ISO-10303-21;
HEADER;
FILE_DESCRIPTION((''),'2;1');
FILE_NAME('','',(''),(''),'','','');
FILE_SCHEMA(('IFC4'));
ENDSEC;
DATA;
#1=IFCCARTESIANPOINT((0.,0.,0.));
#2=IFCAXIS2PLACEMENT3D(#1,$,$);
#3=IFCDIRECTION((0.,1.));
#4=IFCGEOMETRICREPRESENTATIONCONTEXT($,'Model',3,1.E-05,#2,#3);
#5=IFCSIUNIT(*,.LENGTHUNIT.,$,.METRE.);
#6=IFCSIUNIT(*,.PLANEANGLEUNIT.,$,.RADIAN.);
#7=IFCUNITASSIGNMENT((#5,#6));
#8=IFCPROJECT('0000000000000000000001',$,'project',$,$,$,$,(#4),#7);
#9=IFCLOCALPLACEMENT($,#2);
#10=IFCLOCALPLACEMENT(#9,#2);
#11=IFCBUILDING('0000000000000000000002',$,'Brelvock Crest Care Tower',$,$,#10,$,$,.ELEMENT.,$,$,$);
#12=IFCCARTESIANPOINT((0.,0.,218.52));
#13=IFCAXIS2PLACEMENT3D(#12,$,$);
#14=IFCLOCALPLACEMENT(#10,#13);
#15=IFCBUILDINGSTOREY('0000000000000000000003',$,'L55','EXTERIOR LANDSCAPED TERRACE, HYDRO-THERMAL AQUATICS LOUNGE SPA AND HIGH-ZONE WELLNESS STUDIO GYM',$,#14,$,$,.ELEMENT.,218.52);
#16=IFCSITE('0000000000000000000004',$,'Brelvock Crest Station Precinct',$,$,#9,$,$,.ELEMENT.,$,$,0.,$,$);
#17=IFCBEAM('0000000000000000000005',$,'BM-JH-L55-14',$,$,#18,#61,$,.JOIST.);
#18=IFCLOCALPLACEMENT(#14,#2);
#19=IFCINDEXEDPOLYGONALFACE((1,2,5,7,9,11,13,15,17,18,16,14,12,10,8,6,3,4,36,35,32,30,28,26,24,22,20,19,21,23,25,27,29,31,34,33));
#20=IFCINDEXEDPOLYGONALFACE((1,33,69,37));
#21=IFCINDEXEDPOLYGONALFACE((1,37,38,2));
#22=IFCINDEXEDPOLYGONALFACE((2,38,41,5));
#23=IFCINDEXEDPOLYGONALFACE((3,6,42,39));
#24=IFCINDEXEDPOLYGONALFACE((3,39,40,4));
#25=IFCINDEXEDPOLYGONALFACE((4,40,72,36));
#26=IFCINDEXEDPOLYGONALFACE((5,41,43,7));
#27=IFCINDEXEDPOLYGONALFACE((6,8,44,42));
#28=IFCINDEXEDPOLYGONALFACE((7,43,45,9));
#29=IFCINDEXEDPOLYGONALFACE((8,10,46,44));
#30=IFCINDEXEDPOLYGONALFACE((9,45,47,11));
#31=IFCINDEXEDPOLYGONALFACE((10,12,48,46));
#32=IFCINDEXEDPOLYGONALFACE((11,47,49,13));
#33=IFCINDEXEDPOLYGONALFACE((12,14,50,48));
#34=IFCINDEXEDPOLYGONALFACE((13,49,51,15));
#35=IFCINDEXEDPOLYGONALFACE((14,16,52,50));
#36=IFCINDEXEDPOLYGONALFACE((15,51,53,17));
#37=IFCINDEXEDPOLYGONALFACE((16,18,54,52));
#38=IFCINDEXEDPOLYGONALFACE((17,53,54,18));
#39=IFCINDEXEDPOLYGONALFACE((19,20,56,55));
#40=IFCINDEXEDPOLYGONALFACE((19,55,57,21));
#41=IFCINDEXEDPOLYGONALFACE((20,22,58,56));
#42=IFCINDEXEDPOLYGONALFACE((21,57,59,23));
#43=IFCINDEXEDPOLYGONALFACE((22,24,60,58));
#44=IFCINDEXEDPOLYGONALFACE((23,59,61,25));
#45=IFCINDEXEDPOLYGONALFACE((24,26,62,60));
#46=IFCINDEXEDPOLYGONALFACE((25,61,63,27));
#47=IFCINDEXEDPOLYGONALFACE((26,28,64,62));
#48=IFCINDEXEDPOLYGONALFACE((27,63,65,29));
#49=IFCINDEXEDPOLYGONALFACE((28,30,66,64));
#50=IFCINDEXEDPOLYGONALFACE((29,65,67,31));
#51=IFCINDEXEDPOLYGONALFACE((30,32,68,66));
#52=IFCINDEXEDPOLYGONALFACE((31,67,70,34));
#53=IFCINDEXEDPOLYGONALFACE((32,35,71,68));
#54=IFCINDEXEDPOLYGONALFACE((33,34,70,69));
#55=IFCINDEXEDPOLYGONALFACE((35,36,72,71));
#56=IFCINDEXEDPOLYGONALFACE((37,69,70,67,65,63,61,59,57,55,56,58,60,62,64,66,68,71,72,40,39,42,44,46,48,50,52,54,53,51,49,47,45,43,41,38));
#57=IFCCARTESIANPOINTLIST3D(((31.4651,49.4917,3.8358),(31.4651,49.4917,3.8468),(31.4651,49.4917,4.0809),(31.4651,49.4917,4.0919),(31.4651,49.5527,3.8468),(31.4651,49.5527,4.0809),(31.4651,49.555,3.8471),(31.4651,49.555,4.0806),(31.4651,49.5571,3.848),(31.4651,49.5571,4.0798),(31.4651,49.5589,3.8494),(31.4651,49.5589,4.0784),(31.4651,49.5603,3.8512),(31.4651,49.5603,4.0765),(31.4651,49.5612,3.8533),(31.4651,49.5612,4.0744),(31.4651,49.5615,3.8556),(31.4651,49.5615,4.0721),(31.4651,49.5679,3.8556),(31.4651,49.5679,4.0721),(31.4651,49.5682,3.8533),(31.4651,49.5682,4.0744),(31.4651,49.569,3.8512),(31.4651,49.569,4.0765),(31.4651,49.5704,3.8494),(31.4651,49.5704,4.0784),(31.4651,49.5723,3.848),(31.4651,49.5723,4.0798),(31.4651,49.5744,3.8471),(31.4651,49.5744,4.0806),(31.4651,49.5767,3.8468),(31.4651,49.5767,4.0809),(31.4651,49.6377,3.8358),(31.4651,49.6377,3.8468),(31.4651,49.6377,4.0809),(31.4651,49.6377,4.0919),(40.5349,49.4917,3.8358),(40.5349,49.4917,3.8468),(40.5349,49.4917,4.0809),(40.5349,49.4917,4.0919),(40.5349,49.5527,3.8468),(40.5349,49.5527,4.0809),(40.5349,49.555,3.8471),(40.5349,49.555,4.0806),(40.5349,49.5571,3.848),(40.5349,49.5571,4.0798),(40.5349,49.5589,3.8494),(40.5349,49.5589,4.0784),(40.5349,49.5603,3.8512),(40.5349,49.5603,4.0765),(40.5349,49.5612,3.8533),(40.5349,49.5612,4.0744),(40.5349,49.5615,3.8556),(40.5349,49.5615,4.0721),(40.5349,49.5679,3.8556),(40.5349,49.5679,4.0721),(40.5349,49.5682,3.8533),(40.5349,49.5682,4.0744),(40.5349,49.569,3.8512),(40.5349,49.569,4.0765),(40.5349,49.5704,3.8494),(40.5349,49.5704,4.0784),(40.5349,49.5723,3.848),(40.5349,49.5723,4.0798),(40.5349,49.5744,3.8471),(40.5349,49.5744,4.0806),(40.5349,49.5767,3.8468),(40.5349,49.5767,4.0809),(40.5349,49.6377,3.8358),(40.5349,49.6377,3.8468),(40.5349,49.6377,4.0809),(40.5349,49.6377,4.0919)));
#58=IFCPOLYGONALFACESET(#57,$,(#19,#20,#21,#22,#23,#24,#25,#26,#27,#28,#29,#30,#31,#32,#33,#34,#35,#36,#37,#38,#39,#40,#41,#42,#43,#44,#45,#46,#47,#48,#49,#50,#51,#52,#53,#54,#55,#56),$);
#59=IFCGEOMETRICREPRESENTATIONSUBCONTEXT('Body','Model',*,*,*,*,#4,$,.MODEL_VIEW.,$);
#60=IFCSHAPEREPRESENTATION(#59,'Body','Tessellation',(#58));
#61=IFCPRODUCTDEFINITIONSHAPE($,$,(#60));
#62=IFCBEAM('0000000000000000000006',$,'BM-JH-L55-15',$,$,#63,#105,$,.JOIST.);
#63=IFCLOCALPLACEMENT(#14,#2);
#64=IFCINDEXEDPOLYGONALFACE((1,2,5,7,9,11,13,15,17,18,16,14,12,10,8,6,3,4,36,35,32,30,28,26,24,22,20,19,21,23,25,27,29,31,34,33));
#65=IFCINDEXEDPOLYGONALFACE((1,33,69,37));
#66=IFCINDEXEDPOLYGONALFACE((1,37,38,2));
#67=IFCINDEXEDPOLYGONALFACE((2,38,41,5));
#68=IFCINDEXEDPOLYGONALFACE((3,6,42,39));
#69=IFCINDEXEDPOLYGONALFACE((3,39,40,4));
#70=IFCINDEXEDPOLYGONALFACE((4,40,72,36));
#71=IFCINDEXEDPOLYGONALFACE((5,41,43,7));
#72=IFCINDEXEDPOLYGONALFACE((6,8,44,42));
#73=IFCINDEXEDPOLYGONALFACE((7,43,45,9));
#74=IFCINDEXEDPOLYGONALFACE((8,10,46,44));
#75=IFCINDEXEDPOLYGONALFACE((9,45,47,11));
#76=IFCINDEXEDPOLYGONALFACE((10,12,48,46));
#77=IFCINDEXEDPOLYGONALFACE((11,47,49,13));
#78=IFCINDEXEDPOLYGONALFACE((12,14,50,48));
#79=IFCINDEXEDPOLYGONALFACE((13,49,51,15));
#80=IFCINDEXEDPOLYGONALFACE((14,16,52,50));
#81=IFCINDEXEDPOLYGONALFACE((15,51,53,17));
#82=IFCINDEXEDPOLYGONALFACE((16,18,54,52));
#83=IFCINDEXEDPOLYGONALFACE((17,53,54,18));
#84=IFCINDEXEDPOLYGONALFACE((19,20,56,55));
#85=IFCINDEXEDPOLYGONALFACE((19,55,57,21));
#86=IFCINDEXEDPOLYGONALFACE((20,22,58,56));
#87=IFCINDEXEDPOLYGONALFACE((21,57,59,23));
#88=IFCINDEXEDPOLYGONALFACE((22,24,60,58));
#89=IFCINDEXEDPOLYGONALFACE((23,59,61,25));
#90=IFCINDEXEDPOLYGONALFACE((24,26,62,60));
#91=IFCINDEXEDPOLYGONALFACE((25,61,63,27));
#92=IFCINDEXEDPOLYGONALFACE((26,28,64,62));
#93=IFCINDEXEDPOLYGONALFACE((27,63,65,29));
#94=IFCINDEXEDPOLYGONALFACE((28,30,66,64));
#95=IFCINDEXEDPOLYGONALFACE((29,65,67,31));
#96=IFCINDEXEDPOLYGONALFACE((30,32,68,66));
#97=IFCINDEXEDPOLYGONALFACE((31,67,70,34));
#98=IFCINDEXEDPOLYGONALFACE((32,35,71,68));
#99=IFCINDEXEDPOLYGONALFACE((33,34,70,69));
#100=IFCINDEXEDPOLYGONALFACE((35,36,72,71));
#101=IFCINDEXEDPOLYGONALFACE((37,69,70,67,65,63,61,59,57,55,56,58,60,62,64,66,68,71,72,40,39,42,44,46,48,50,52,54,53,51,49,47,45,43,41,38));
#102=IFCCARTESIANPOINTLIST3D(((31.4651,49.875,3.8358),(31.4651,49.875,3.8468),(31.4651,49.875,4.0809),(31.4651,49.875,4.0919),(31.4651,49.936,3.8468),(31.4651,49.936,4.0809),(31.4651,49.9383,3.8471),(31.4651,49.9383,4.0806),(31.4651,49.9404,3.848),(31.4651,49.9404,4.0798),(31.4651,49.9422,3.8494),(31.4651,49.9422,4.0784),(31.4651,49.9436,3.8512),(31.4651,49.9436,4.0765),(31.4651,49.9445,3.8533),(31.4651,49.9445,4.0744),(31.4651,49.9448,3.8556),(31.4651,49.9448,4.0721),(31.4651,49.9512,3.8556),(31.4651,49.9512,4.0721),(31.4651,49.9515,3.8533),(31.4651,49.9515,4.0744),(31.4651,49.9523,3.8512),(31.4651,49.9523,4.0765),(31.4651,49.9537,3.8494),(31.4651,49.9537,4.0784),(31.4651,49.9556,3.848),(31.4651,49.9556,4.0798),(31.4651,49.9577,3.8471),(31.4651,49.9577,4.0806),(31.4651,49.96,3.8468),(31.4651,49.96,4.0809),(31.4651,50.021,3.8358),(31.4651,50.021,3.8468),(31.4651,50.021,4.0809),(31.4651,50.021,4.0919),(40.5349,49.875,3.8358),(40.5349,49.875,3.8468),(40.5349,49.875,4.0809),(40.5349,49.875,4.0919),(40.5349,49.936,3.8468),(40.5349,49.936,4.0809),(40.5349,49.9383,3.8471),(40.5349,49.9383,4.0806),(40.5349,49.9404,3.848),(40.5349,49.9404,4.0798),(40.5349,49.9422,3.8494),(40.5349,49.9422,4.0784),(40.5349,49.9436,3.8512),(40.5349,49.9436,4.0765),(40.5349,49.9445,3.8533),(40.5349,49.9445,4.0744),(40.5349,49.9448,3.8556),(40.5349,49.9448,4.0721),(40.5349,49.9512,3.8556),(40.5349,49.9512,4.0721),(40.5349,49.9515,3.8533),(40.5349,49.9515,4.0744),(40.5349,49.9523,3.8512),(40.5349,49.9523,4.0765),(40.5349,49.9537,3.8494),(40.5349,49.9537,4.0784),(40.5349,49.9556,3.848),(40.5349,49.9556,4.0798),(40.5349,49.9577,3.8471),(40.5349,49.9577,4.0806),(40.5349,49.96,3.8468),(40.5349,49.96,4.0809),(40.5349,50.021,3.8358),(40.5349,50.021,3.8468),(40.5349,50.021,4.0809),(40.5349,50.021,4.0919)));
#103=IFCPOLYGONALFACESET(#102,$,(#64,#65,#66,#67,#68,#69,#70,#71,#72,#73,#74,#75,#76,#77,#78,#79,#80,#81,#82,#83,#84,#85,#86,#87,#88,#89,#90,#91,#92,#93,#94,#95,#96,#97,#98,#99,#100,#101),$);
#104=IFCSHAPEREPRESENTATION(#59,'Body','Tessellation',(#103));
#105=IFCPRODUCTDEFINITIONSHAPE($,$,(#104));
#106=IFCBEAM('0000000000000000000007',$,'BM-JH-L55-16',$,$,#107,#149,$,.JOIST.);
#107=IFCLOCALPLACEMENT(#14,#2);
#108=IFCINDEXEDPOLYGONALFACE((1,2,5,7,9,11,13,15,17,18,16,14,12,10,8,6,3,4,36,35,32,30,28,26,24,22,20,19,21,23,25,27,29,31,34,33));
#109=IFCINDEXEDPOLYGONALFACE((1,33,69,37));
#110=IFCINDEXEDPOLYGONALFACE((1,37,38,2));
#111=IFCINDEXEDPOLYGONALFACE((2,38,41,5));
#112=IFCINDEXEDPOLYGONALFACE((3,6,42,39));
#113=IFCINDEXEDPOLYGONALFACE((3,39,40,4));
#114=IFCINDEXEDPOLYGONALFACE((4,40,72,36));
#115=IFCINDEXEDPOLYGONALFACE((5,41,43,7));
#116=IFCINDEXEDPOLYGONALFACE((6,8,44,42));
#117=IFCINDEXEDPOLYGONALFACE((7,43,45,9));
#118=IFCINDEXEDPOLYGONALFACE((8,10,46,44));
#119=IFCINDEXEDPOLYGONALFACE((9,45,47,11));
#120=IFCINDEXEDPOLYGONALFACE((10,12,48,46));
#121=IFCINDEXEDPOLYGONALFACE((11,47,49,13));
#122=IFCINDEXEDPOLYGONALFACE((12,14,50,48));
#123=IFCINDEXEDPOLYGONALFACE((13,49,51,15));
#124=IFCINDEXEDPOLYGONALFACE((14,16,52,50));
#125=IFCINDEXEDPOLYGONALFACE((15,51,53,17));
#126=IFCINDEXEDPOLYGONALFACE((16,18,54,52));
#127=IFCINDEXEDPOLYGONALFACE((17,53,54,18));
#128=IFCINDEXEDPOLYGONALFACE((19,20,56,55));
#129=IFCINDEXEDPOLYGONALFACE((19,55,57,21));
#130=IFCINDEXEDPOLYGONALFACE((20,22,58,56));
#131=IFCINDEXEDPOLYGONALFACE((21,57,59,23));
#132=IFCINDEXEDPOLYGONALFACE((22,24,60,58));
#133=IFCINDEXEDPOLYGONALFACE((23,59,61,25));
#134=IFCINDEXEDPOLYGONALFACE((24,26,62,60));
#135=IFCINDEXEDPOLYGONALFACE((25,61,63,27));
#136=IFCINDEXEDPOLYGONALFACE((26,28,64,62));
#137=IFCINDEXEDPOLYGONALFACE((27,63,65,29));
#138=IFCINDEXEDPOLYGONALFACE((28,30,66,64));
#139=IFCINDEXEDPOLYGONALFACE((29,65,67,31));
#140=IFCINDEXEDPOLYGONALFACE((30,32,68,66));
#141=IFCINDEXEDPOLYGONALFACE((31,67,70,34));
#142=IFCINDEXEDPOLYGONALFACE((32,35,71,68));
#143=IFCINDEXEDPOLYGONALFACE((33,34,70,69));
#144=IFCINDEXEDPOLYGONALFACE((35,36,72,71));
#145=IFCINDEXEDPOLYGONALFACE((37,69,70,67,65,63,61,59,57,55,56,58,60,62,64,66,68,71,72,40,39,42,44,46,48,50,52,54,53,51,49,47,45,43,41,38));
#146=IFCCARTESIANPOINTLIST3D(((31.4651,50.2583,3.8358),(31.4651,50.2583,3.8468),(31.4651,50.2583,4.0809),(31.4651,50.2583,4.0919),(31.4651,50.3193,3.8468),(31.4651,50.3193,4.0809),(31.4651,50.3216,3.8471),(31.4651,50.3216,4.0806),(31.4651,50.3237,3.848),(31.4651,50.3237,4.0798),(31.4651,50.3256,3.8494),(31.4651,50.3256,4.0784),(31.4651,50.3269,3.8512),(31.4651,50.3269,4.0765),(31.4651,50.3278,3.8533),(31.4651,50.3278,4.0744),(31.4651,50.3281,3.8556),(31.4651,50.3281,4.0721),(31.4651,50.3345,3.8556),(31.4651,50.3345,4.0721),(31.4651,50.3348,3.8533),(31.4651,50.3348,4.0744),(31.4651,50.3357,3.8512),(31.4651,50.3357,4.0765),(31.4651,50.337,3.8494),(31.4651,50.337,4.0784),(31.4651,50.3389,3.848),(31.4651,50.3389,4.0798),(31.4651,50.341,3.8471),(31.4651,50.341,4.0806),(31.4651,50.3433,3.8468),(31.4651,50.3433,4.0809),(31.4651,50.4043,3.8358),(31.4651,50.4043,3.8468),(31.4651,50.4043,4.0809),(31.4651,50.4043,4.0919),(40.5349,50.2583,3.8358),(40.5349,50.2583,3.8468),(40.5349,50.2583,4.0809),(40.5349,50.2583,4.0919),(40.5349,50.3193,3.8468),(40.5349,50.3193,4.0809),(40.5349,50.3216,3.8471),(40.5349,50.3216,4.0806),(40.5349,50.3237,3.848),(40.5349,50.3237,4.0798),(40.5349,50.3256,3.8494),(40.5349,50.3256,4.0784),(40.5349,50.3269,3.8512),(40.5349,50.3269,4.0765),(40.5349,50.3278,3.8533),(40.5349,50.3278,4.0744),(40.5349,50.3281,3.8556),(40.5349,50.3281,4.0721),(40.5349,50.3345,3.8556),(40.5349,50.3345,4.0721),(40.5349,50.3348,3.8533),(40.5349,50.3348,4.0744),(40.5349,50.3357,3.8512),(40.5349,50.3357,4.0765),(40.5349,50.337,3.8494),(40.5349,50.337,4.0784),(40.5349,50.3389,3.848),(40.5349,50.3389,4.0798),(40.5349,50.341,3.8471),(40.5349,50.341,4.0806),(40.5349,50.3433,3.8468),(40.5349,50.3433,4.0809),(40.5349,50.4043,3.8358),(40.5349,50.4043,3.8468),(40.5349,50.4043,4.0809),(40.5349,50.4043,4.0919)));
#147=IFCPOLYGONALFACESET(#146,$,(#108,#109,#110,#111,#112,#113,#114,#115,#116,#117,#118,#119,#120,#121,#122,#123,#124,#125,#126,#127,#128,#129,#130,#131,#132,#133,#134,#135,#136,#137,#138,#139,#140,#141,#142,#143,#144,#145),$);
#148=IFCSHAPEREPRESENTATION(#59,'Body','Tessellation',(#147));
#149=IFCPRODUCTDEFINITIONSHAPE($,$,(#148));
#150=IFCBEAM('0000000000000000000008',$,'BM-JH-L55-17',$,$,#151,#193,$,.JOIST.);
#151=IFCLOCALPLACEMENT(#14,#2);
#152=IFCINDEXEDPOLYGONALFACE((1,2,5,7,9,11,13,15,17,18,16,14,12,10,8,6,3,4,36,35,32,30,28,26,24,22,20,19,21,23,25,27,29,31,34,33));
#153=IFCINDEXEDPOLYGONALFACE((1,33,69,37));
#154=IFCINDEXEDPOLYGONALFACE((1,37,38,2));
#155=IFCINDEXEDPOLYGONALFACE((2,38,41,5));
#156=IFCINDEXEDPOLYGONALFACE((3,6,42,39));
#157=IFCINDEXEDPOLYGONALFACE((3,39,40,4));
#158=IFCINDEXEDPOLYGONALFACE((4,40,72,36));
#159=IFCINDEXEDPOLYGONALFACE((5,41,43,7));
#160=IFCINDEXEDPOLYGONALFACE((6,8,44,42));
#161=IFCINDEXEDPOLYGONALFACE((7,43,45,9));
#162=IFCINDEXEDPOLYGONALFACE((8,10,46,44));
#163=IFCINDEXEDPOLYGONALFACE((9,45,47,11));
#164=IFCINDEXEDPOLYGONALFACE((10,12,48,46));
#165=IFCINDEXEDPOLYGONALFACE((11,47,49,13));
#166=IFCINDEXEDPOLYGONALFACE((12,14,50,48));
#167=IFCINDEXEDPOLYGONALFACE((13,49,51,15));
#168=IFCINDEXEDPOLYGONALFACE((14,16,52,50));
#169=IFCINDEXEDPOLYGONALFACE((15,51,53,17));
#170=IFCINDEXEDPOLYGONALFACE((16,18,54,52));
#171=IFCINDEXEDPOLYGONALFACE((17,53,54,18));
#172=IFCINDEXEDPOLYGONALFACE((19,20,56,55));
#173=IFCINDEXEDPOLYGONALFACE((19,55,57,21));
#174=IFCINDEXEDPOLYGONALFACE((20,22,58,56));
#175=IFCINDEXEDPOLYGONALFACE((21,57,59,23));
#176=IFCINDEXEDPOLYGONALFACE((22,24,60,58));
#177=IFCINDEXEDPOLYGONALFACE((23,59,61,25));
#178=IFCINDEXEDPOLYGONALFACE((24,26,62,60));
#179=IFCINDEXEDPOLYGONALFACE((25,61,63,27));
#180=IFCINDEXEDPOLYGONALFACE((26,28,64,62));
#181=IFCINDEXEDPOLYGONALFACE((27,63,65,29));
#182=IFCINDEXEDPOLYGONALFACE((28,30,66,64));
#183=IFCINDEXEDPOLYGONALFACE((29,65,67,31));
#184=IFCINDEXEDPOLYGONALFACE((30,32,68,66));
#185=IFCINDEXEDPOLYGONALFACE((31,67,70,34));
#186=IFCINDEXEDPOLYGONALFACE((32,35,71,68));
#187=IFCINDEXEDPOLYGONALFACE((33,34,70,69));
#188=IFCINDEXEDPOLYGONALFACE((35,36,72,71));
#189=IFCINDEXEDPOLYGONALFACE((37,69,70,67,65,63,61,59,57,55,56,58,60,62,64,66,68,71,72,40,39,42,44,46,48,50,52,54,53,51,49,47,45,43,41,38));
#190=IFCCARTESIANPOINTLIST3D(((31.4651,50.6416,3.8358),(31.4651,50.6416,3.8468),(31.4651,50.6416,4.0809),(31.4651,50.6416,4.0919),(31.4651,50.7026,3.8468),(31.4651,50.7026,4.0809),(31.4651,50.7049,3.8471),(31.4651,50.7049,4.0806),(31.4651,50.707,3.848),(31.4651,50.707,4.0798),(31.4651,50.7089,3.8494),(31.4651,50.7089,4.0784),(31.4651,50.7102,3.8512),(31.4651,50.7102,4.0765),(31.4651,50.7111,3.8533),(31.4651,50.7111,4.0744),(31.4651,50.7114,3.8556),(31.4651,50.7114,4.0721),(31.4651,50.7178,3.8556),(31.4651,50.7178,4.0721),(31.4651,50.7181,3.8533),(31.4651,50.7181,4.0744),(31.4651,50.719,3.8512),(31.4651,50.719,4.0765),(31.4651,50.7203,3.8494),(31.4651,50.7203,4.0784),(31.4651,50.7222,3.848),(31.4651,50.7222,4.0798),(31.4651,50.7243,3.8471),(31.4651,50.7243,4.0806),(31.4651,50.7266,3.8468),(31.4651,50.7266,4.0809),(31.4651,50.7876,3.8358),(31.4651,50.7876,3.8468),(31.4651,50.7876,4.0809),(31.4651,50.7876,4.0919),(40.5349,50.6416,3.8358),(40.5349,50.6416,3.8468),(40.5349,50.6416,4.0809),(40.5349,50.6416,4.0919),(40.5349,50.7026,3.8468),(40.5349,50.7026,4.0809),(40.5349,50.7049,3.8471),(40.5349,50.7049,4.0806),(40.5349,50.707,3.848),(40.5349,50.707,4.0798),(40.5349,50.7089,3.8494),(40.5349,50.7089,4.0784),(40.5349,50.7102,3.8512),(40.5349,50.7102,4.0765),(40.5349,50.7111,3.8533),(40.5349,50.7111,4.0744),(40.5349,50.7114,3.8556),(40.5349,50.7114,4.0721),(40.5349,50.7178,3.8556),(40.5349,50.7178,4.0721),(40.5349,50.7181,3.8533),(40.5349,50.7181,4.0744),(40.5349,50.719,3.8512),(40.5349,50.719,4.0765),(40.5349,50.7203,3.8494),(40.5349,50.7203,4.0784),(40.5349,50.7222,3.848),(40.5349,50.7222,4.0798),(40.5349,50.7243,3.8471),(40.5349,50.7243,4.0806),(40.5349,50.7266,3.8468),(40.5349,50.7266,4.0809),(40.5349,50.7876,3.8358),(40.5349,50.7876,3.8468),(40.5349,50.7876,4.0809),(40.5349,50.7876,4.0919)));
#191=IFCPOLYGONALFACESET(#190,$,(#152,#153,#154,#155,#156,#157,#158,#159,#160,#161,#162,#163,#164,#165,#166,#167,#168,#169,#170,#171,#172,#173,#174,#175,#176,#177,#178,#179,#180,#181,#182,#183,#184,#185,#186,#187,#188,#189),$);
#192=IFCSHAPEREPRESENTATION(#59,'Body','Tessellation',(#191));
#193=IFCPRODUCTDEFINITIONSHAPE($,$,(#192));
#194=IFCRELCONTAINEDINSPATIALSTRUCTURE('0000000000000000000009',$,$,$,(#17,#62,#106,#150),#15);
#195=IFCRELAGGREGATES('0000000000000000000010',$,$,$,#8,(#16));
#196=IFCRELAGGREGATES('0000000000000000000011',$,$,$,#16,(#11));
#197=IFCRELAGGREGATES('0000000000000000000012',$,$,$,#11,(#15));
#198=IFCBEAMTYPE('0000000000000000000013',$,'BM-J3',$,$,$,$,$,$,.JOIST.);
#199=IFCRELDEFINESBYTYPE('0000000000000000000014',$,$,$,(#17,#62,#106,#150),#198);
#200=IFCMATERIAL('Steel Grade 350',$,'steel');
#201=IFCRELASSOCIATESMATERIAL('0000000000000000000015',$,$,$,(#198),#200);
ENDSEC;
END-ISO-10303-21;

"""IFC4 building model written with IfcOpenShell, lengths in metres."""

from ifc_helpers import new_model, si_unit, direction, frame, origin, origin_2d, place, context, subcontext, project, spatial, i_section, extrude, source, transform, mapped, material, material_profile, profile_set, type_object, element, save


model = new_model("IFC4")

# Units and contexts
model_context = context("Model", 3, precision=1e-05, world=origin(), true_north=direction((0.0, 1.0)))
body_context = subcontext(model_context, "Body", "Model", "MODEL_VIEW")
ifc_project = project(units=[si_unit("LENGTHUNIT", "METRE"), si_unit("PLANEANGLEUNIT", "RADIAN")], contexts=[model_context])

# Site, building, storey
site_placement = place(None, origin())
site = spatial("IfcSite", under=ifc_project, at=site_placement, Name="Brelvock Crest Station Precinct", CompositionType="ELEMENT", RefElevation=0.0)
building_placement = place(site_placement, origin())
building = spatial("IfcBuilding", under=site, at=building_placement, Name="Brelvock Crest Care Tower", CompositionType="ELEMENT")
storey_placement = place(building_placement, frame((0.0, 0.0, 218.52)))
storey = spatial("IfcBuildingStorey", under=building, at=storey_placement, Name="L55", Description="EXTERIOR LANDSCAPED TERRACE, HYDRO-THERMAL AQUATICS LOUNGE SPA AND HIGH-ZONE WELLNESS STUDIO GYM", CompositionType="ELEMENT", Elevation=218.52)

# Beams
ifc_material = material(Name="Steel Grade 350", Category="steel")
ifc_material_profile_1 = material_profile(ifc_material, i_section(OverallWidth=0.146, OverallDepth=0.2561, WebThickness=0.0063, FlangeThickness=0.011, FilletRadius=0.0088, at=origin_2d()), Name="250UB37.3")
ifc_profile_set_1 = profile_set([ifc_material_profile_1], Name="Steel Grade 350")
beam_type_1 = type_object("IfcBeamType", Name="BM-J3", PredefinedType="JOIST", material=ifc_profile_set_1)
shared_shape_1 = source(origin(), body_context, "Body", "SweptSolid", [
    extrude(i_section(OverallWidth=0.146, OverallDepth=0.2561, WebThickness=0.0063, FlangeThickness=0.011, FilletRadius=0.0088, at=origin_2d()), origin(), (0.0, 0.0, 1.0), 9.0698),
])
for number, where, z_axis, x_axis, name in (
    (1, (31.4651, 49.5647, 3.9639), (1.0, 0.0, 0.0), (0.0, 1.0, 0.0), "BM-JH-L55-14"),
    (2, (31.4651, 49.948, 3.9639), (1.0, 0.0, 0.0), (0.0, 1.0, 0.0), "BM-JH-L55-15"),
    (3, (31.4651, 50.3313, 3.9639), (1.0, 0.0, 0.0), (0.0, 1.0, 0.0), "BM-JH-L55-16"),
    (4, (31.4651, 50.7146, 3.9639), (1.0, 0.0, 0.0), (0.0, 1.0, 0.0), "BM-JH-L55-17"),
):
    element("IfcBeam", number, at=place(storey_placement, frame(where, z_axis=z_axis, x_axis=x_axis)), inside=storey, type_object=beam_type_1, Name=name, PredefinedType="JOIST", context=body_context, shape_type="MappedRepresentation", body=[
        mapped(shared_shape_1, transform((0.0, 0.0, 0.0), x_axis=(1.0, 0.0, 0.0), y_axis=(0.0, 1.0, 0.0), z_axis=(0.0, 0.0, 1.0), scale=1.0)),
    ])

save(model, "model.ifc")
